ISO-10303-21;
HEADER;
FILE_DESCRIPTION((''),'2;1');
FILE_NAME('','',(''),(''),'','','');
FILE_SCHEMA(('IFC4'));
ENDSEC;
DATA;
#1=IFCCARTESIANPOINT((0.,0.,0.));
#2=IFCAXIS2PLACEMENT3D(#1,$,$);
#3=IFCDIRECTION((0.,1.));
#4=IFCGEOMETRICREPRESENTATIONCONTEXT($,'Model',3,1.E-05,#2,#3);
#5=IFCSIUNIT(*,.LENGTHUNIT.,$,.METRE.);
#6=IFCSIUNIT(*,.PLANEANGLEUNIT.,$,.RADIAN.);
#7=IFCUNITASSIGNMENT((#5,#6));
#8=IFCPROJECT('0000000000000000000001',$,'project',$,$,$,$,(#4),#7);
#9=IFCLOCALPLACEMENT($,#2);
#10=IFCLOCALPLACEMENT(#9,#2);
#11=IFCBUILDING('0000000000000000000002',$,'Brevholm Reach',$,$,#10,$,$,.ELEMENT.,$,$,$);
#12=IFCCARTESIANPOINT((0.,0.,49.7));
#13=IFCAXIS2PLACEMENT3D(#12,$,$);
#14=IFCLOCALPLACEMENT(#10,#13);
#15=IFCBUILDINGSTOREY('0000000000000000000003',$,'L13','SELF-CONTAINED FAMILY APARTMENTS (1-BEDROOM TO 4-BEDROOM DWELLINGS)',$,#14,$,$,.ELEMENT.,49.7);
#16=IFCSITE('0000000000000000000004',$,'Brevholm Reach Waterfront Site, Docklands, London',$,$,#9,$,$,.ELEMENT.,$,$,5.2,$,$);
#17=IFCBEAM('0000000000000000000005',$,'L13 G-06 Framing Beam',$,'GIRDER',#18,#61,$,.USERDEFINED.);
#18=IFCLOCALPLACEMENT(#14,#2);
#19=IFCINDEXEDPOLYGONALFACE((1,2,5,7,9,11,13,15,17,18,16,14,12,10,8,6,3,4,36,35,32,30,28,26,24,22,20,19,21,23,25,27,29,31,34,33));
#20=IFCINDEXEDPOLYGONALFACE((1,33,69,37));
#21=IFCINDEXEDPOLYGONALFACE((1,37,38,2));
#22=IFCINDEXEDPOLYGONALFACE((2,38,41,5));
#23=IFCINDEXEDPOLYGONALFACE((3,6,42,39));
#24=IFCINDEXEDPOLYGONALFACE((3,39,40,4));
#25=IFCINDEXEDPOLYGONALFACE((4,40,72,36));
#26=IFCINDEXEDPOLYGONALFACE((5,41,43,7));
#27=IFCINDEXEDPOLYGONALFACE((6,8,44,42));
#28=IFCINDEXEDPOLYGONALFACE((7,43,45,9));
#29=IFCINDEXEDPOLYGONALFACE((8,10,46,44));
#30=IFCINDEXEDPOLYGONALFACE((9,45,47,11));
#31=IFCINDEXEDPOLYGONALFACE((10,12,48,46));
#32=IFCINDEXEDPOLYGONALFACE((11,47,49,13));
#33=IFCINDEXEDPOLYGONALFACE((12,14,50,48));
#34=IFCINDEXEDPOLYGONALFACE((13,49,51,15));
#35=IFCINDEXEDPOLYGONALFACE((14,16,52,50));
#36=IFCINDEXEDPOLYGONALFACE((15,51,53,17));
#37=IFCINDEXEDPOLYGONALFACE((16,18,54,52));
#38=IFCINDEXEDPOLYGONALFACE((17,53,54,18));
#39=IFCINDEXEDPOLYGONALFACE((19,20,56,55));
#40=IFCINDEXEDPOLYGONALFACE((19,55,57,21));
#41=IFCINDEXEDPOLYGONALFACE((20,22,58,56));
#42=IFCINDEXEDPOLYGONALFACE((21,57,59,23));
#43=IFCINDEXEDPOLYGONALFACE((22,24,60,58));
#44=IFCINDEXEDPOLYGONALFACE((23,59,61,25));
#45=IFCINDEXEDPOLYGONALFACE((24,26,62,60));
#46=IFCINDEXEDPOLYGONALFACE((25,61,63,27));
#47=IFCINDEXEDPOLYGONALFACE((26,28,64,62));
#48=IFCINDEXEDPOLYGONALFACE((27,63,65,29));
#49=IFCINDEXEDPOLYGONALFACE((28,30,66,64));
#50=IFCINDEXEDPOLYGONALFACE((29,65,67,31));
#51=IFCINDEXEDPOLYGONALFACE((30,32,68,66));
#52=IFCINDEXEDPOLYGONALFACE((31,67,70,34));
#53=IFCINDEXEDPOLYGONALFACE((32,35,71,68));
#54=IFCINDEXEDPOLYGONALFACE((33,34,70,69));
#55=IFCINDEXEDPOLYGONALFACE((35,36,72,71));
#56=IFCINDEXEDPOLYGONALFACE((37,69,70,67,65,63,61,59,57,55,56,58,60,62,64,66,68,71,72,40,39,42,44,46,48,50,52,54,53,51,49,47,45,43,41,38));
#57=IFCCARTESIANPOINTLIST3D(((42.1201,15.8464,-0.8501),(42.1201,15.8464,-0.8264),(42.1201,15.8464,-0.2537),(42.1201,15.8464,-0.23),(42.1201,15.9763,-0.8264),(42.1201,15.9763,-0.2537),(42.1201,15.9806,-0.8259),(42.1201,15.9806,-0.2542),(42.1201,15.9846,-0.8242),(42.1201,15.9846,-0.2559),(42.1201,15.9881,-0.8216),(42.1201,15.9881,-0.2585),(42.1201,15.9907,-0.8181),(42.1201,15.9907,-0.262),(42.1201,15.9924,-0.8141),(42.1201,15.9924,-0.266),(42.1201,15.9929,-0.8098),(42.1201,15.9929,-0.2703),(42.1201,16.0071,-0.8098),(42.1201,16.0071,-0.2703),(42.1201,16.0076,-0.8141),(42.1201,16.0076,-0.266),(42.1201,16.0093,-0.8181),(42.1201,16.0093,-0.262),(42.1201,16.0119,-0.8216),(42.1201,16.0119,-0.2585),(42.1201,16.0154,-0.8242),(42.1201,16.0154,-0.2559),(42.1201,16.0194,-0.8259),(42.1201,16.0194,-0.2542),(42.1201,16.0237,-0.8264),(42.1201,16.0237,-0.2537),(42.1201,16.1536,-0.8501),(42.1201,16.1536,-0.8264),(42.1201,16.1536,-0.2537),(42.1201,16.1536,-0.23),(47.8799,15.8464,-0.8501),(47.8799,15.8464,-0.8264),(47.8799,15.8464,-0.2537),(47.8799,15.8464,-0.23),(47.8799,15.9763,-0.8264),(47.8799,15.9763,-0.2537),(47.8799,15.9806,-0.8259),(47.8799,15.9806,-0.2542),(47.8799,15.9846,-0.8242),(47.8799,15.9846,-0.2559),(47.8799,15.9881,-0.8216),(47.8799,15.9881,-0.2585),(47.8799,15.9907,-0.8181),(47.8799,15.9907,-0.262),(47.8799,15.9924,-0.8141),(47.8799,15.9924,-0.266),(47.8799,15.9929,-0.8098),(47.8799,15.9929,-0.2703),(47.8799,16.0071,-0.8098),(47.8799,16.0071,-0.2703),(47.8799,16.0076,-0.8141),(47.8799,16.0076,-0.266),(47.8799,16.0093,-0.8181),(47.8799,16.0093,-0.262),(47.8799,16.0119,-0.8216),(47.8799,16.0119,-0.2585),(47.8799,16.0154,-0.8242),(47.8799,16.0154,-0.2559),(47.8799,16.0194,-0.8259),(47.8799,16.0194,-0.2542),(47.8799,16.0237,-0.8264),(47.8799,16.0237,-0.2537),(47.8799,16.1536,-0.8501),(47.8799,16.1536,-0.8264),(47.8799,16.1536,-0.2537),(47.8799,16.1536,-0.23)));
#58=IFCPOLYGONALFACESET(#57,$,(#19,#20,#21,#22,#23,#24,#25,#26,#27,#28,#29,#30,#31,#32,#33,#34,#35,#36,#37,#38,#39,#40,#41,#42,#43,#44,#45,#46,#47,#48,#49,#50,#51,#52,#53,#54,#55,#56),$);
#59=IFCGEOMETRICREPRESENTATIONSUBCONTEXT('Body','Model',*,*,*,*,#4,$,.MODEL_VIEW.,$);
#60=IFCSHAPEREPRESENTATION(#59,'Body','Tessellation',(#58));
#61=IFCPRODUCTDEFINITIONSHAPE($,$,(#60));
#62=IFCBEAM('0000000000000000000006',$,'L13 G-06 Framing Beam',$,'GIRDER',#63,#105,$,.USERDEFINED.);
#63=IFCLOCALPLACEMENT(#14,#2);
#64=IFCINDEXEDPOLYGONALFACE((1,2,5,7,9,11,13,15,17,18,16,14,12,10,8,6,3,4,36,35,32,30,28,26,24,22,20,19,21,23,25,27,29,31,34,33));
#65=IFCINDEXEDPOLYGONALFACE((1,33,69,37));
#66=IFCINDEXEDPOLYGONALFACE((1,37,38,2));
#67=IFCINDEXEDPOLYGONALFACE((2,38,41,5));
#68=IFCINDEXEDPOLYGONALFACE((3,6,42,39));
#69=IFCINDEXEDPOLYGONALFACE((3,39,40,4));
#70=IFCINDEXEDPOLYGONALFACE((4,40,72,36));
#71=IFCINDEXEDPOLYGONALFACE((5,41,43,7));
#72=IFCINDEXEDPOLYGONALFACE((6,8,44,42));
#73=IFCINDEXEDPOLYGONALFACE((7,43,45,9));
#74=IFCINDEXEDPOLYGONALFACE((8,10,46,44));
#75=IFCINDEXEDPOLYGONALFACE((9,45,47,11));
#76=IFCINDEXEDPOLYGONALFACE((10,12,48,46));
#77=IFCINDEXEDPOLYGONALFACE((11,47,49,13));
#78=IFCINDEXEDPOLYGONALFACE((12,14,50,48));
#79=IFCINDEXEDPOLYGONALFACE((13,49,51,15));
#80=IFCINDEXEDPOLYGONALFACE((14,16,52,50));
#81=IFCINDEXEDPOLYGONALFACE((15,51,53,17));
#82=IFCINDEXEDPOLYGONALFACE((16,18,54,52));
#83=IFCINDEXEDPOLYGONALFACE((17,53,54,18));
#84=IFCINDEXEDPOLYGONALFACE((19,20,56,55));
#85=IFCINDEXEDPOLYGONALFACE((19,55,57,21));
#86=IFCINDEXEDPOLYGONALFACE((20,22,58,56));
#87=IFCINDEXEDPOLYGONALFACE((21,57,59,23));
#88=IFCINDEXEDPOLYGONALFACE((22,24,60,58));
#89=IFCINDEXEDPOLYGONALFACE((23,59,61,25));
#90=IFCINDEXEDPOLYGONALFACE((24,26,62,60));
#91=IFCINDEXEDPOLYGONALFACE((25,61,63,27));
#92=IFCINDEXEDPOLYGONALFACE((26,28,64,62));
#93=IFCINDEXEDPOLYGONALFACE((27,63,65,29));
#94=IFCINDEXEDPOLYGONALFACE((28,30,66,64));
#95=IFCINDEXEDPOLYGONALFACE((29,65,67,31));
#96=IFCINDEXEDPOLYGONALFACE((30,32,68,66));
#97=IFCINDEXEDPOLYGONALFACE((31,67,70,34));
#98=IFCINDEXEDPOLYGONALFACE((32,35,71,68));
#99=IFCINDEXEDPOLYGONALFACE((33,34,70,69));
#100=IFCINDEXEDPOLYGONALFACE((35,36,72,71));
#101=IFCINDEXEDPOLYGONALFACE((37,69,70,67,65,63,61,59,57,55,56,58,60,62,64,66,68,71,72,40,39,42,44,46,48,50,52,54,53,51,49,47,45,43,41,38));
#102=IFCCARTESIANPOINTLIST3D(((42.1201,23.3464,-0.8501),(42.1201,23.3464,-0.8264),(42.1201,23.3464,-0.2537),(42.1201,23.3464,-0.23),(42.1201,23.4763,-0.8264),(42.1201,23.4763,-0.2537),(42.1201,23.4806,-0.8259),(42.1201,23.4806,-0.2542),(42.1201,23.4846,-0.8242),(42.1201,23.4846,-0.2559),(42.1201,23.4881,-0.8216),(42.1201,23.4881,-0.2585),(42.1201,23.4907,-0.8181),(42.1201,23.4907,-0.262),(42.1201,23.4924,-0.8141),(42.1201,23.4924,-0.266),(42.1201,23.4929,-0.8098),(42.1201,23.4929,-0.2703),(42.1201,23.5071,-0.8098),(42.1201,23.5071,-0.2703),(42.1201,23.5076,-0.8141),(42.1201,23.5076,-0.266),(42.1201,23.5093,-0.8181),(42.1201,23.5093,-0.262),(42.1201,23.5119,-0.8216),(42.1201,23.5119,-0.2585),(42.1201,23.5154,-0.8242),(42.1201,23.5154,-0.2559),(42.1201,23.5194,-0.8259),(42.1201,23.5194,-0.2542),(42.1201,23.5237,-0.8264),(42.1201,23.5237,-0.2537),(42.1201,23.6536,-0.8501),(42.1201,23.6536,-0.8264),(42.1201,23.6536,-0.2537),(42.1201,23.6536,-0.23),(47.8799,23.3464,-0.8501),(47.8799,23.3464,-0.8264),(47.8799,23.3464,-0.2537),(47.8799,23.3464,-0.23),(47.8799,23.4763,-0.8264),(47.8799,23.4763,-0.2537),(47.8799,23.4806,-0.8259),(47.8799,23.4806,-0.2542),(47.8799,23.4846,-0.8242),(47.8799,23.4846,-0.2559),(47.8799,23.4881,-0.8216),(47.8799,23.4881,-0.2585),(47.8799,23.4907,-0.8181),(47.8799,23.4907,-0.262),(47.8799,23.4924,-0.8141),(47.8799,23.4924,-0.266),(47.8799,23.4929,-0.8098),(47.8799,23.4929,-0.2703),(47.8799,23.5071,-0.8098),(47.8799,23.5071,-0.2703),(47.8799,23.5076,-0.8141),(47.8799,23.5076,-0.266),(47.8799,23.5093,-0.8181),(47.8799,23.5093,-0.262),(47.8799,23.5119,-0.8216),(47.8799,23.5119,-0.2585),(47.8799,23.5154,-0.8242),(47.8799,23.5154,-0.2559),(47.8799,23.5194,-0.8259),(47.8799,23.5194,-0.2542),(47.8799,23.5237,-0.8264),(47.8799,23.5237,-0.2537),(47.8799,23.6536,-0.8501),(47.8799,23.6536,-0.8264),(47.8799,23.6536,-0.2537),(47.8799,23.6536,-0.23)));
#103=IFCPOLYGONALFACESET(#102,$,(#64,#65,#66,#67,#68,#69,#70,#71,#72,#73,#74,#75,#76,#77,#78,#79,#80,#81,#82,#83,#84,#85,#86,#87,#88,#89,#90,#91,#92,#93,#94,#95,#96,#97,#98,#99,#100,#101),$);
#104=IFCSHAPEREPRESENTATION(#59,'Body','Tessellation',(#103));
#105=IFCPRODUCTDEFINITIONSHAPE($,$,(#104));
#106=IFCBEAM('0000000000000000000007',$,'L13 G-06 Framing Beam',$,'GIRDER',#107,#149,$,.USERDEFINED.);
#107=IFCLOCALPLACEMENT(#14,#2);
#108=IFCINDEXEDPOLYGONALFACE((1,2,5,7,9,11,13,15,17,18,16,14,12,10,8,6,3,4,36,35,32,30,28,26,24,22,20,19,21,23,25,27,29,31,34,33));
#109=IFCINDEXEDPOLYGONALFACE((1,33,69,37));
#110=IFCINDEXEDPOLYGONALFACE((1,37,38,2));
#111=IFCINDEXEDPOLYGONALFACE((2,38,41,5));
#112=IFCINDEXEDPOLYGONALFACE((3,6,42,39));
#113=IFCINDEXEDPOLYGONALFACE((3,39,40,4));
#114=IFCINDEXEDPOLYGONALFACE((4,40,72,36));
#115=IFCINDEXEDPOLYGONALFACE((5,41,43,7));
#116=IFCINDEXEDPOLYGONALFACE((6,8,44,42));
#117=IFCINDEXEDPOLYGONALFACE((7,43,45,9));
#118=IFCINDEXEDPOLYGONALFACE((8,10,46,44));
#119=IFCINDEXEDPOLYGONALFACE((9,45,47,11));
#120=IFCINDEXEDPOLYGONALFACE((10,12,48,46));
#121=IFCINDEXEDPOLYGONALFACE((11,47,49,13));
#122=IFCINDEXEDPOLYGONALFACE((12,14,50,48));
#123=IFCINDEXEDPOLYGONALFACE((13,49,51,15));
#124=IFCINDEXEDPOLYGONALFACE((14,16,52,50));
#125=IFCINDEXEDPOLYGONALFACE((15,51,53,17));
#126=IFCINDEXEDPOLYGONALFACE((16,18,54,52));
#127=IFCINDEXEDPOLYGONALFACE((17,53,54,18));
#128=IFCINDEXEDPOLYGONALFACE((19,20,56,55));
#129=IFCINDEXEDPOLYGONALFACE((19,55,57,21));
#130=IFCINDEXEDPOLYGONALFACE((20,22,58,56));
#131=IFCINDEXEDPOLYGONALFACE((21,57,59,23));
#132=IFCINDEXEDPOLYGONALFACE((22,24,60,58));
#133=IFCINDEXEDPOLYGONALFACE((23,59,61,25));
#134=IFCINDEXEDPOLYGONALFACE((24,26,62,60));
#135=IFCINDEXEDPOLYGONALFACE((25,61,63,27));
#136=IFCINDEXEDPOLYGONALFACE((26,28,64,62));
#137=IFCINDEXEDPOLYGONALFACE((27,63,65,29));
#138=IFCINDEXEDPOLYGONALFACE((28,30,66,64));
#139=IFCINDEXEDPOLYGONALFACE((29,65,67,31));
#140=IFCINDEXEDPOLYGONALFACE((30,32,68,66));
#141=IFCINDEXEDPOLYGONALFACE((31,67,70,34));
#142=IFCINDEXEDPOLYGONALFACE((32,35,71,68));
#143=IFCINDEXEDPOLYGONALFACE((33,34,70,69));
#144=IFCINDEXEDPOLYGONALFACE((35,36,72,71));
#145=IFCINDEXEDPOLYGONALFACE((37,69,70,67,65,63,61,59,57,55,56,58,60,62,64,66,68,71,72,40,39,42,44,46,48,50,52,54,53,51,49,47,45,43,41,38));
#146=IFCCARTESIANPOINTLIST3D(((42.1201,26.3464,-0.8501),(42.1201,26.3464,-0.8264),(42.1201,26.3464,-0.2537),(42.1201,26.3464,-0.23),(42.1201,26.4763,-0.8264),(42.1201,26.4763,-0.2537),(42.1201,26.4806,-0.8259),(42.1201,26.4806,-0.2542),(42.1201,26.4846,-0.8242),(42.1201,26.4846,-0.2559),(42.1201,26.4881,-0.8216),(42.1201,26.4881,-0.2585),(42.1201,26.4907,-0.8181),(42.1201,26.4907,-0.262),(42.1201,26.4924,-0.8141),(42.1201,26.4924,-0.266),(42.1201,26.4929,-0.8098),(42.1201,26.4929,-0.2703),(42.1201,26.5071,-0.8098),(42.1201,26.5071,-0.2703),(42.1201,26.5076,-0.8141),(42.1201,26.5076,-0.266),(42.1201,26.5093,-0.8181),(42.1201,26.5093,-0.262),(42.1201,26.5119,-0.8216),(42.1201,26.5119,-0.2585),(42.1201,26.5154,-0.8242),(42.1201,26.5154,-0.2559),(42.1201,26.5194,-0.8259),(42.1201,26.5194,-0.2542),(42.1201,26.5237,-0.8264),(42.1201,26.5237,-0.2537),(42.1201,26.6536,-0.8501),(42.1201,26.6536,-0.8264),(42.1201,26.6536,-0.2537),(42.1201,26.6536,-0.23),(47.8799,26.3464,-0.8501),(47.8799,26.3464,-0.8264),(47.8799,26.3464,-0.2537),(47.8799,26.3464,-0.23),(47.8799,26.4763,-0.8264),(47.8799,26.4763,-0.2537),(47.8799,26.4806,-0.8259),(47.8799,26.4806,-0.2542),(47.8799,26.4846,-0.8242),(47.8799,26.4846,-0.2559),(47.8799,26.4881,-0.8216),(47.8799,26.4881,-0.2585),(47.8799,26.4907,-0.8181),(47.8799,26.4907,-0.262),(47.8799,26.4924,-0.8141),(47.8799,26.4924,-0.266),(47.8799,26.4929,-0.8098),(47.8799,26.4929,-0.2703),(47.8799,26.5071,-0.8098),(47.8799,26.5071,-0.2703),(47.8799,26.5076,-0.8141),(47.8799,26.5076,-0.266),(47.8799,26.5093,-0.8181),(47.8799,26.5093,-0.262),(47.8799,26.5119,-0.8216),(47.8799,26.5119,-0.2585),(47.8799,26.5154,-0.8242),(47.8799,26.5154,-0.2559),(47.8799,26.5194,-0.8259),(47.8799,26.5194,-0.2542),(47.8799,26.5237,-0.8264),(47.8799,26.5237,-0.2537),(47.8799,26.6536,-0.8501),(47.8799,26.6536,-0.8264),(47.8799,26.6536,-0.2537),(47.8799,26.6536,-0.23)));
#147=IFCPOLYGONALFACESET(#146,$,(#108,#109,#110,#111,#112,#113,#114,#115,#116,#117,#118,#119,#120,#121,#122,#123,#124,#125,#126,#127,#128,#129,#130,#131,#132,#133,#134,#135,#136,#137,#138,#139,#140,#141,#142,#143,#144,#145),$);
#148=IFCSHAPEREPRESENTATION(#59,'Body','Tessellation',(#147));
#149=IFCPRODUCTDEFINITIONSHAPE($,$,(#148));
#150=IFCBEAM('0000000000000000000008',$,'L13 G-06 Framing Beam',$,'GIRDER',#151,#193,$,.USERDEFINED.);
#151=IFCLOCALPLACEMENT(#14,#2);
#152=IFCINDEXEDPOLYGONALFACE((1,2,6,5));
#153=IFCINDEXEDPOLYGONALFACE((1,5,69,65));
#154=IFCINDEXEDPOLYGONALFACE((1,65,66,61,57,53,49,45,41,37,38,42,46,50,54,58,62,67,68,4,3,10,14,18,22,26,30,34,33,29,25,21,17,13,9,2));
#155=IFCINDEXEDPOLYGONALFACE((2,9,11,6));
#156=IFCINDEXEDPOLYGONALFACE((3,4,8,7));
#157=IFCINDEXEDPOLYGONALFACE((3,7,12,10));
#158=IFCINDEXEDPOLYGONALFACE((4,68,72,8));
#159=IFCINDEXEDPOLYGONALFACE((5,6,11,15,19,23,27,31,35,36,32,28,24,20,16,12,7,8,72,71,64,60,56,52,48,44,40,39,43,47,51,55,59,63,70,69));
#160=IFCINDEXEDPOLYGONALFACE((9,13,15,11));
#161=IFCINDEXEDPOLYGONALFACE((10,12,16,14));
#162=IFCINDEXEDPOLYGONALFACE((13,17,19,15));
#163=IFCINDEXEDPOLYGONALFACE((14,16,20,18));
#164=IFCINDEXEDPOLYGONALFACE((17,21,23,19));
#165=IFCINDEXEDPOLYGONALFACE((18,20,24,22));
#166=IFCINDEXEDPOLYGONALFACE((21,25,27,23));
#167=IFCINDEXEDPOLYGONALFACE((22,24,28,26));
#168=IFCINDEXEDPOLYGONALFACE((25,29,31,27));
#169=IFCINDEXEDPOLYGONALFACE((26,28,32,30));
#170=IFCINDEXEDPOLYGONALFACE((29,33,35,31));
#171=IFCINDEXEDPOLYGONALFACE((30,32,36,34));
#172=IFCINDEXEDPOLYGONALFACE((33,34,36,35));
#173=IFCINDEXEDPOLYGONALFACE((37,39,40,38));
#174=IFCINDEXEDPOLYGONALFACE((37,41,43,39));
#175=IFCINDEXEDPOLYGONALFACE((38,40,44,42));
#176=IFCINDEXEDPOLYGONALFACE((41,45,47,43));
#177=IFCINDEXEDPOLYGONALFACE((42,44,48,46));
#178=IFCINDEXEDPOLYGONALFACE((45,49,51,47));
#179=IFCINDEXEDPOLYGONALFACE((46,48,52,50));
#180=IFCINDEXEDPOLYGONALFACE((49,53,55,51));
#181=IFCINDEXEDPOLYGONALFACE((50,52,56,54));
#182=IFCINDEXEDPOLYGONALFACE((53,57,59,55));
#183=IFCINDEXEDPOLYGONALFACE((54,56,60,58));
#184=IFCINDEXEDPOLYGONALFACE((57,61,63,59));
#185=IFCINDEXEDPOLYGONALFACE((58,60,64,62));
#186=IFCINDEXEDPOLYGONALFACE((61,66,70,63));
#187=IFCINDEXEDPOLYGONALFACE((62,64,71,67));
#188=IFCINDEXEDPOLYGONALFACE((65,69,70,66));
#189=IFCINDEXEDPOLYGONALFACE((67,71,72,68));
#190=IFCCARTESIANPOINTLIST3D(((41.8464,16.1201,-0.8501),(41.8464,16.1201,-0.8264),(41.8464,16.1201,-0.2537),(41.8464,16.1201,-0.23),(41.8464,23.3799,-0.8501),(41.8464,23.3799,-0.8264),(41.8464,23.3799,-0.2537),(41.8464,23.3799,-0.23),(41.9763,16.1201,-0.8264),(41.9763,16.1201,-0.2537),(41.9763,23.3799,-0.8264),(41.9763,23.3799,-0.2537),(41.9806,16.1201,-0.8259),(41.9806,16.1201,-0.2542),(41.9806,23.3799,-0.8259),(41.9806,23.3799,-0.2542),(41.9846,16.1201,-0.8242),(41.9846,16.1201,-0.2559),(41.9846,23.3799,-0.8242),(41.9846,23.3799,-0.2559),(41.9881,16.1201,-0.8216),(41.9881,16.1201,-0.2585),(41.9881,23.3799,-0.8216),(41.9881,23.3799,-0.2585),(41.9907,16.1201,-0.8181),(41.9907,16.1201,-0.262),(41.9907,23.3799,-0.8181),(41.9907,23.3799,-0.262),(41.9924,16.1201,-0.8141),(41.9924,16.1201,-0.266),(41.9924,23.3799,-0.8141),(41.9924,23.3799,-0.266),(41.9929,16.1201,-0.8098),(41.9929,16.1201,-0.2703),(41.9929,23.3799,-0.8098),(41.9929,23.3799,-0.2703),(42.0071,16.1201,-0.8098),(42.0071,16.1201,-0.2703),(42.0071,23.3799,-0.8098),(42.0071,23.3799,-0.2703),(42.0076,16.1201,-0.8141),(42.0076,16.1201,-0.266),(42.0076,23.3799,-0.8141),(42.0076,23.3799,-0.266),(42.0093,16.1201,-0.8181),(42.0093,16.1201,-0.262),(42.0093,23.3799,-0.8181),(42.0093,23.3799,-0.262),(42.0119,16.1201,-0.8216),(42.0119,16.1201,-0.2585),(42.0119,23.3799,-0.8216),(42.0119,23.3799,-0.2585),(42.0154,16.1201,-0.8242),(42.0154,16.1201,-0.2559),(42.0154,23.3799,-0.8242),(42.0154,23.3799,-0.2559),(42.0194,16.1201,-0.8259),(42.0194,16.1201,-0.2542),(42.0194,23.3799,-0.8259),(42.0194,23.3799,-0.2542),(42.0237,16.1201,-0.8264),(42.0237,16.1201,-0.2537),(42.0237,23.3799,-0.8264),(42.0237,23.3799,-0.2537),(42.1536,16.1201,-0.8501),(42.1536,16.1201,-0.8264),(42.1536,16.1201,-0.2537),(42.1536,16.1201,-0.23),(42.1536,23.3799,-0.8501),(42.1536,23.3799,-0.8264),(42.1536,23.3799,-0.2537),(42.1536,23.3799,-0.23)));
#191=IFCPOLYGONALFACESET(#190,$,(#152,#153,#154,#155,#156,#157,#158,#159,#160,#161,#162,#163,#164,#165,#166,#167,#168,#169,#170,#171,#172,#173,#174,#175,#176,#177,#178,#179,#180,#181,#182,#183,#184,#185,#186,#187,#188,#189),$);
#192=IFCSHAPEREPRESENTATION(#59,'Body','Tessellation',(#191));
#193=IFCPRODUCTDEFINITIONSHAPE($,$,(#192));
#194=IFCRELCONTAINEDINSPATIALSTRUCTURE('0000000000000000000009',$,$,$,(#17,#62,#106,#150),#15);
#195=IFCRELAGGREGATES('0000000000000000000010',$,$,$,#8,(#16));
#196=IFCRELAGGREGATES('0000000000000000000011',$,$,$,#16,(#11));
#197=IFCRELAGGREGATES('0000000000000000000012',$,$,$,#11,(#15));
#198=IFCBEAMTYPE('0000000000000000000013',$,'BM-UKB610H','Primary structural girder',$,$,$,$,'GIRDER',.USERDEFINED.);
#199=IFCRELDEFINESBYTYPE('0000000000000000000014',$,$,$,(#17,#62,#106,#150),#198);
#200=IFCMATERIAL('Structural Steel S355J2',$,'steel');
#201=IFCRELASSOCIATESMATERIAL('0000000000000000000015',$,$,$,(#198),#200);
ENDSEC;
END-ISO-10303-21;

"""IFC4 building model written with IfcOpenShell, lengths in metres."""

from ifc_helpers import new_model, si_unit, direction, frame, origin, origin_2d, place, context, subcontext, project, spatial, i_section, extrude, material, material_profile, profile_set, type_object, element, save


model = new_model("IFC4")

# Units and contexts
model_context = context("Model", 3, precision=1e-05, world=origin(), true_north=direction((0.0, 1.0)))
body_context = subcontext(model_context, "Body", "Model", "MODEL_VIEW")
ifc_project = project(units=[si_unit("LENGTHUNIT", "METRE"), si_unit("PLANEANGLEUNIT", "RADIAN")], contexts=[model_context])

# Site, building, storey
site_placement = place(None, origin())
site = spatial("IfcSite", under=ifc_project, at=site_placement, Name="Brevholm Reach Waterfront Site, Docklands, London", CompositionType="ELEMENT", RefElevation=5.2)
building_placement = place(site_placement, origin())
building = spatial("IfcBuilding", under=site, at=building_placement, Name="Brevholm Reach", CompositionType="ELEMENT")
storey_placement = place(building_placement, frame((0.0, 0.0, 49.7)))
storey = spatial("IfcBuildingStorey", under=building, at=storey_placement, Name="L13", Description="SELF-CONTAINED FAMILY APARTMENTS (1-BEDROOM TO 4-BEDROOM DWELLINGS)", CompositionType="ELEMENT", Elevation=49.7)

# Beams
ifc_material_1 = material(Name="Structural Steel S355J2", Category="steel")
ifc_material_profile_1 = material_profile(ifc_material_1, i_section(OverallWidth=0.3071, OverallDepth=0.6201, WebThickness=0.0142, FlangeThickness=0.0237, FilletRadius=0.0166, at=origin_2d()), Name="UKB 610x305x179")
ifc_profile_set_1 = profile_set([ifc_material_profile_1], Name="Structural Steel S355J2")
beam_type_1 = type_object("IfcBeamType", Name="BM-UKB610H", Description="Primary structural girder", ElementType="GIRDER", PredefinedType="USERDEFINED", material=ifc_profile_set_1)
for number, where, z_axis, x_axis, name in (
    (1, (42.1201, 16.0, -0.54), (1.0, 0.0, 0.0), (0.0, 1.0, 0.0), "L13 G-06 Framing Beam"),
    (2, (42.1201, 23.5, -0.54), (1.0, 0.0, 0.0), (0.0, 1.0, 0.0), "L13 G-06 Framing Beam"),
    (3, (42.1201, 26.5, -0.54), (1.0, 0.0, 0.0), (0.0, 1.0, 0.0), "L13 G-06 Framing Beam"),
):
    element("IfcBeam", number, at=place(storey_placement, frame(where, z_axis=z_axis, x_axis=x_axis)), inside=storey, type_object=beam_type_1, Name=name, ObjectType="GIRDER", PredefinedType="USERDEFINED", context=body_context, shape_type="SweptSolid", body=[
        extrude(i_section(OverallWidth=0.3071, OverallDepth=0.6201, WebThickness=0.0142, FlangeThickness=0.0237, FilletRadius=0.0166, at=origin_2d()), origin(), (0.0, 0.0, 1.0), 5.7598),
    ])
beam_1_placement = place(storey_placement, frame((42.0, 16.1201, -0.54), z_axis=(0.0, 1.0, 0.0), x_axis=(-1.0, 0.0, 0.0)))
element("IfcBeam", 4, at=beam_1_placement, inside=storey, type_object=beam_type_1, Name="L13 G-06 Framing Beam", ObjectType="GIRDER", PredefinedType="USERDEFINED", context=body_context, shape_type="SweptSolid", body=[
    extrude(i_section(OverallWidth=0.3071, OverallDepth=0.6201, WebThickness=0.0142, FlangeThickness=0.0237, FilletRadius=0.0166, at=origin_2d()), origin(), (0.0, 0.0, 1.0), 7.2598),
])

save(model, "model.ifc")
